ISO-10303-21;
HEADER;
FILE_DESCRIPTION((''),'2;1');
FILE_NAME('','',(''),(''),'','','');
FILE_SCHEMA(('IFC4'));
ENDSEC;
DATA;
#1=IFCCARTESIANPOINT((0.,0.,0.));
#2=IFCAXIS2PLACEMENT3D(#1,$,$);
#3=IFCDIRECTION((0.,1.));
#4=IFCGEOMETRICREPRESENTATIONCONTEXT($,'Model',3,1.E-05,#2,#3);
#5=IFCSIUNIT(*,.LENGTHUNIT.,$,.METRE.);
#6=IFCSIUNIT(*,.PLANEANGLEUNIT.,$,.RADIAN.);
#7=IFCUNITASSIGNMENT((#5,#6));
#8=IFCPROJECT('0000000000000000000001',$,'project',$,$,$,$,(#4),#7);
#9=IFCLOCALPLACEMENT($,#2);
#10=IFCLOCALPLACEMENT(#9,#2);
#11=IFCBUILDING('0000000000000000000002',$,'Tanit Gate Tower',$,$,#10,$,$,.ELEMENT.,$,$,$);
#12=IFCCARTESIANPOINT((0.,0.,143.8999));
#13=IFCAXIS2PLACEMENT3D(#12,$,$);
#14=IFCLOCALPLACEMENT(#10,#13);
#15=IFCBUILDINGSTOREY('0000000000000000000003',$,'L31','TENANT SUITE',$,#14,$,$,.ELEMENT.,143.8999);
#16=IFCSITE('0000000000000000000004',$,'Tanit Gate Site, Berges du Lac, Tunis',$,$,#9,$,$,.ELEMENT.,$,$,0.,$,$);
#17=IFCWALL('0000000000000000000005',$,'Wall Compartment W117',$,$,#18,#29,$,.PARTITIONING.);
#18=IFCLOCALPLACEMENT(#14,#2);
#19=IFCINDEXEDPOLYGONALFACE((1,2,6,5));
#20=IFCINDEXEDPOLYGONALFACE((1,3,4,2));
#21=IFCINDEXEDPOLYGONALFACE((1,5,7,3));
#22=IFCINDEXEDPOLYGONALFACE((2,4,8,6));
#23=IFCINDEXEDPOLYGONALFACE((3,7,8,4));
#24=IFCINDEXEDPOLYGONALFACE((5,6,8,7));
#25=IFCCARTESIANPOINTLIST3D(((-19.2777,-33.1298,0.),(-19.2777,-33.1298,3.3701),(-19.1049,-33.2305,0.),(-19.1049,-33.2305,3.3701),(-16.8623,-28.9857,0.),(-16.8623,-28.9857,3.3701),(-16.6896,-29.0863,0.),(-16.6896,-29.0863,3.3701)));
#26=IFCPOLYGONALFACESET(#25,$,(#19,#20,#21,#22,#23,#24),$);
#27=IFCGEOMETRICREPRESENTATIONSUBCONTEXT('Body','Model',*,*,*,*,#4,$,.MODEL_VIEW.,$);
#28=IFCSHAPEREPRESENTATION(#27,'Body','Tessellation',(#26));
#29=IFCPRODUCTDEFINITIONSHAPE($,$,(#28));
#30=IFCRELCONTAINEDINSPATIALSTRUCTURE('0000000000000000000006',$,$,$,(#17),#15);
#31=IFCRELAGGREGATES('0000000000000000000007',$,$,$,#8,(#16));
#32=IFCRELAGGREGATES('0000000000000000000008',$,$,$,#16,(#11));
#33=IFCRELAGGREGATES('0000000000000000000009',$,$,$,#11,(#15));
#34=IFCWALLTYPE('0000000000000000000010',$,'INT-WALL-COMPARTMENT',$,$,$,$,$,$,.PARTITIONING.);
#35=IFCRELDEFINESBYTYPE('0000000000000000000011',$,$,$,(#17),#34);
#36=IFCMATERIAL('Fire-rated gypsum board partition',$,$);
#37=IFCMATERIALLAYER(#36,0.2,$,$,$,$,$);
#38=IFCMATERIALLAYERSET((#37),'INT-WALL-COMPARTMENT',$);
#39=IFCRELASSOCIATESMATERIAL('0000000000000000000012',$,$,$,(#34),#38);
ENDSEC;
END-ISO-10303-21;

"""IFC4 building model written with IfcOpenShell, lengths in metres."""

from ifc_helpers import new_model, si_unit, direction, frame, frame_2d, origin, place, context, subcontext, project, spatial, rectangle, extrude, material, layer, layer_set, type_object, element, save


model = new_model("IFC4")

# Units and contexts
model_context = context("Model", 3, precision=1e-05, world=origin(), true_north=direction((0.0, 1.0)))
body_context = subcontext(model_context, "Body", "Model", "MODEL_VIEW")
ifc_project = project(units=[si_unit("LENGTHUNIT", "METRE"), si_unit("PLANEANGLEUNIT", "RADIAN")], contexts=[model_context])

# Site, building, storey
site_placement = place(None, origin())
site = spatial("IfcSite", under=ifc_project, at=site_placement, Name="Tanit Gate Site, Berges du Lac, Tunis", CompositionType="ELEMENT", RefElevation=0.0)
building_placement = place(site_placement, origin())
building = spatial("IfcBuilding", under=site, at=building_placement, Name="Tanit Gate Tower", CompositionType="ELEMENT")
storey_placement = place(building_placement, frame((0.0, 0.0, 143.8999)))
storey = spatial("IfcBuildingStorey", under=building, at=storey_placement, Name="L31", Description="TENANT SUITE", CompositionType="ELEMENT", Elevation=143.8999)

# Wall
ifc_material_1 = material(Name="Fire-rated gypsum board partition")
ifc_layer_1 = layer(ifc_material_1, 0.2)
ifc_layer_set_1 = layer_set([ifc_layer_1], Name="INT-WALL-COMPARTMENT")
wall_type_1 = type_object("IfcWallType", Name="INT-WALL-COMPARTMENT", PredefinedType="PARTITIONING", material=ifc_layer_set_1)
wall_1_placement = place(storey_placement, frame((-16.7759, -29.0359, 0.0), z_axis=(0.0, 0.0, 1.0), x_axis=(-0.503548, -0.863967, 0.0)))
element("IfcWall", 1, at=wall_1_placement, inside=storey, type_object=wall_type_1, Name="Wall Compartment W117", PredefinedType="PARTITIONING", context=body_context, shape_type="SweptSolid", body=[
    extrude(rectangle(XDim=4.7966, YDim=0.2, at=frame_2d((2.3984, 0.0))), origin(), (0.0, 0.0, 1.0), 3.3701),
])

save(model, "model.ifc")
